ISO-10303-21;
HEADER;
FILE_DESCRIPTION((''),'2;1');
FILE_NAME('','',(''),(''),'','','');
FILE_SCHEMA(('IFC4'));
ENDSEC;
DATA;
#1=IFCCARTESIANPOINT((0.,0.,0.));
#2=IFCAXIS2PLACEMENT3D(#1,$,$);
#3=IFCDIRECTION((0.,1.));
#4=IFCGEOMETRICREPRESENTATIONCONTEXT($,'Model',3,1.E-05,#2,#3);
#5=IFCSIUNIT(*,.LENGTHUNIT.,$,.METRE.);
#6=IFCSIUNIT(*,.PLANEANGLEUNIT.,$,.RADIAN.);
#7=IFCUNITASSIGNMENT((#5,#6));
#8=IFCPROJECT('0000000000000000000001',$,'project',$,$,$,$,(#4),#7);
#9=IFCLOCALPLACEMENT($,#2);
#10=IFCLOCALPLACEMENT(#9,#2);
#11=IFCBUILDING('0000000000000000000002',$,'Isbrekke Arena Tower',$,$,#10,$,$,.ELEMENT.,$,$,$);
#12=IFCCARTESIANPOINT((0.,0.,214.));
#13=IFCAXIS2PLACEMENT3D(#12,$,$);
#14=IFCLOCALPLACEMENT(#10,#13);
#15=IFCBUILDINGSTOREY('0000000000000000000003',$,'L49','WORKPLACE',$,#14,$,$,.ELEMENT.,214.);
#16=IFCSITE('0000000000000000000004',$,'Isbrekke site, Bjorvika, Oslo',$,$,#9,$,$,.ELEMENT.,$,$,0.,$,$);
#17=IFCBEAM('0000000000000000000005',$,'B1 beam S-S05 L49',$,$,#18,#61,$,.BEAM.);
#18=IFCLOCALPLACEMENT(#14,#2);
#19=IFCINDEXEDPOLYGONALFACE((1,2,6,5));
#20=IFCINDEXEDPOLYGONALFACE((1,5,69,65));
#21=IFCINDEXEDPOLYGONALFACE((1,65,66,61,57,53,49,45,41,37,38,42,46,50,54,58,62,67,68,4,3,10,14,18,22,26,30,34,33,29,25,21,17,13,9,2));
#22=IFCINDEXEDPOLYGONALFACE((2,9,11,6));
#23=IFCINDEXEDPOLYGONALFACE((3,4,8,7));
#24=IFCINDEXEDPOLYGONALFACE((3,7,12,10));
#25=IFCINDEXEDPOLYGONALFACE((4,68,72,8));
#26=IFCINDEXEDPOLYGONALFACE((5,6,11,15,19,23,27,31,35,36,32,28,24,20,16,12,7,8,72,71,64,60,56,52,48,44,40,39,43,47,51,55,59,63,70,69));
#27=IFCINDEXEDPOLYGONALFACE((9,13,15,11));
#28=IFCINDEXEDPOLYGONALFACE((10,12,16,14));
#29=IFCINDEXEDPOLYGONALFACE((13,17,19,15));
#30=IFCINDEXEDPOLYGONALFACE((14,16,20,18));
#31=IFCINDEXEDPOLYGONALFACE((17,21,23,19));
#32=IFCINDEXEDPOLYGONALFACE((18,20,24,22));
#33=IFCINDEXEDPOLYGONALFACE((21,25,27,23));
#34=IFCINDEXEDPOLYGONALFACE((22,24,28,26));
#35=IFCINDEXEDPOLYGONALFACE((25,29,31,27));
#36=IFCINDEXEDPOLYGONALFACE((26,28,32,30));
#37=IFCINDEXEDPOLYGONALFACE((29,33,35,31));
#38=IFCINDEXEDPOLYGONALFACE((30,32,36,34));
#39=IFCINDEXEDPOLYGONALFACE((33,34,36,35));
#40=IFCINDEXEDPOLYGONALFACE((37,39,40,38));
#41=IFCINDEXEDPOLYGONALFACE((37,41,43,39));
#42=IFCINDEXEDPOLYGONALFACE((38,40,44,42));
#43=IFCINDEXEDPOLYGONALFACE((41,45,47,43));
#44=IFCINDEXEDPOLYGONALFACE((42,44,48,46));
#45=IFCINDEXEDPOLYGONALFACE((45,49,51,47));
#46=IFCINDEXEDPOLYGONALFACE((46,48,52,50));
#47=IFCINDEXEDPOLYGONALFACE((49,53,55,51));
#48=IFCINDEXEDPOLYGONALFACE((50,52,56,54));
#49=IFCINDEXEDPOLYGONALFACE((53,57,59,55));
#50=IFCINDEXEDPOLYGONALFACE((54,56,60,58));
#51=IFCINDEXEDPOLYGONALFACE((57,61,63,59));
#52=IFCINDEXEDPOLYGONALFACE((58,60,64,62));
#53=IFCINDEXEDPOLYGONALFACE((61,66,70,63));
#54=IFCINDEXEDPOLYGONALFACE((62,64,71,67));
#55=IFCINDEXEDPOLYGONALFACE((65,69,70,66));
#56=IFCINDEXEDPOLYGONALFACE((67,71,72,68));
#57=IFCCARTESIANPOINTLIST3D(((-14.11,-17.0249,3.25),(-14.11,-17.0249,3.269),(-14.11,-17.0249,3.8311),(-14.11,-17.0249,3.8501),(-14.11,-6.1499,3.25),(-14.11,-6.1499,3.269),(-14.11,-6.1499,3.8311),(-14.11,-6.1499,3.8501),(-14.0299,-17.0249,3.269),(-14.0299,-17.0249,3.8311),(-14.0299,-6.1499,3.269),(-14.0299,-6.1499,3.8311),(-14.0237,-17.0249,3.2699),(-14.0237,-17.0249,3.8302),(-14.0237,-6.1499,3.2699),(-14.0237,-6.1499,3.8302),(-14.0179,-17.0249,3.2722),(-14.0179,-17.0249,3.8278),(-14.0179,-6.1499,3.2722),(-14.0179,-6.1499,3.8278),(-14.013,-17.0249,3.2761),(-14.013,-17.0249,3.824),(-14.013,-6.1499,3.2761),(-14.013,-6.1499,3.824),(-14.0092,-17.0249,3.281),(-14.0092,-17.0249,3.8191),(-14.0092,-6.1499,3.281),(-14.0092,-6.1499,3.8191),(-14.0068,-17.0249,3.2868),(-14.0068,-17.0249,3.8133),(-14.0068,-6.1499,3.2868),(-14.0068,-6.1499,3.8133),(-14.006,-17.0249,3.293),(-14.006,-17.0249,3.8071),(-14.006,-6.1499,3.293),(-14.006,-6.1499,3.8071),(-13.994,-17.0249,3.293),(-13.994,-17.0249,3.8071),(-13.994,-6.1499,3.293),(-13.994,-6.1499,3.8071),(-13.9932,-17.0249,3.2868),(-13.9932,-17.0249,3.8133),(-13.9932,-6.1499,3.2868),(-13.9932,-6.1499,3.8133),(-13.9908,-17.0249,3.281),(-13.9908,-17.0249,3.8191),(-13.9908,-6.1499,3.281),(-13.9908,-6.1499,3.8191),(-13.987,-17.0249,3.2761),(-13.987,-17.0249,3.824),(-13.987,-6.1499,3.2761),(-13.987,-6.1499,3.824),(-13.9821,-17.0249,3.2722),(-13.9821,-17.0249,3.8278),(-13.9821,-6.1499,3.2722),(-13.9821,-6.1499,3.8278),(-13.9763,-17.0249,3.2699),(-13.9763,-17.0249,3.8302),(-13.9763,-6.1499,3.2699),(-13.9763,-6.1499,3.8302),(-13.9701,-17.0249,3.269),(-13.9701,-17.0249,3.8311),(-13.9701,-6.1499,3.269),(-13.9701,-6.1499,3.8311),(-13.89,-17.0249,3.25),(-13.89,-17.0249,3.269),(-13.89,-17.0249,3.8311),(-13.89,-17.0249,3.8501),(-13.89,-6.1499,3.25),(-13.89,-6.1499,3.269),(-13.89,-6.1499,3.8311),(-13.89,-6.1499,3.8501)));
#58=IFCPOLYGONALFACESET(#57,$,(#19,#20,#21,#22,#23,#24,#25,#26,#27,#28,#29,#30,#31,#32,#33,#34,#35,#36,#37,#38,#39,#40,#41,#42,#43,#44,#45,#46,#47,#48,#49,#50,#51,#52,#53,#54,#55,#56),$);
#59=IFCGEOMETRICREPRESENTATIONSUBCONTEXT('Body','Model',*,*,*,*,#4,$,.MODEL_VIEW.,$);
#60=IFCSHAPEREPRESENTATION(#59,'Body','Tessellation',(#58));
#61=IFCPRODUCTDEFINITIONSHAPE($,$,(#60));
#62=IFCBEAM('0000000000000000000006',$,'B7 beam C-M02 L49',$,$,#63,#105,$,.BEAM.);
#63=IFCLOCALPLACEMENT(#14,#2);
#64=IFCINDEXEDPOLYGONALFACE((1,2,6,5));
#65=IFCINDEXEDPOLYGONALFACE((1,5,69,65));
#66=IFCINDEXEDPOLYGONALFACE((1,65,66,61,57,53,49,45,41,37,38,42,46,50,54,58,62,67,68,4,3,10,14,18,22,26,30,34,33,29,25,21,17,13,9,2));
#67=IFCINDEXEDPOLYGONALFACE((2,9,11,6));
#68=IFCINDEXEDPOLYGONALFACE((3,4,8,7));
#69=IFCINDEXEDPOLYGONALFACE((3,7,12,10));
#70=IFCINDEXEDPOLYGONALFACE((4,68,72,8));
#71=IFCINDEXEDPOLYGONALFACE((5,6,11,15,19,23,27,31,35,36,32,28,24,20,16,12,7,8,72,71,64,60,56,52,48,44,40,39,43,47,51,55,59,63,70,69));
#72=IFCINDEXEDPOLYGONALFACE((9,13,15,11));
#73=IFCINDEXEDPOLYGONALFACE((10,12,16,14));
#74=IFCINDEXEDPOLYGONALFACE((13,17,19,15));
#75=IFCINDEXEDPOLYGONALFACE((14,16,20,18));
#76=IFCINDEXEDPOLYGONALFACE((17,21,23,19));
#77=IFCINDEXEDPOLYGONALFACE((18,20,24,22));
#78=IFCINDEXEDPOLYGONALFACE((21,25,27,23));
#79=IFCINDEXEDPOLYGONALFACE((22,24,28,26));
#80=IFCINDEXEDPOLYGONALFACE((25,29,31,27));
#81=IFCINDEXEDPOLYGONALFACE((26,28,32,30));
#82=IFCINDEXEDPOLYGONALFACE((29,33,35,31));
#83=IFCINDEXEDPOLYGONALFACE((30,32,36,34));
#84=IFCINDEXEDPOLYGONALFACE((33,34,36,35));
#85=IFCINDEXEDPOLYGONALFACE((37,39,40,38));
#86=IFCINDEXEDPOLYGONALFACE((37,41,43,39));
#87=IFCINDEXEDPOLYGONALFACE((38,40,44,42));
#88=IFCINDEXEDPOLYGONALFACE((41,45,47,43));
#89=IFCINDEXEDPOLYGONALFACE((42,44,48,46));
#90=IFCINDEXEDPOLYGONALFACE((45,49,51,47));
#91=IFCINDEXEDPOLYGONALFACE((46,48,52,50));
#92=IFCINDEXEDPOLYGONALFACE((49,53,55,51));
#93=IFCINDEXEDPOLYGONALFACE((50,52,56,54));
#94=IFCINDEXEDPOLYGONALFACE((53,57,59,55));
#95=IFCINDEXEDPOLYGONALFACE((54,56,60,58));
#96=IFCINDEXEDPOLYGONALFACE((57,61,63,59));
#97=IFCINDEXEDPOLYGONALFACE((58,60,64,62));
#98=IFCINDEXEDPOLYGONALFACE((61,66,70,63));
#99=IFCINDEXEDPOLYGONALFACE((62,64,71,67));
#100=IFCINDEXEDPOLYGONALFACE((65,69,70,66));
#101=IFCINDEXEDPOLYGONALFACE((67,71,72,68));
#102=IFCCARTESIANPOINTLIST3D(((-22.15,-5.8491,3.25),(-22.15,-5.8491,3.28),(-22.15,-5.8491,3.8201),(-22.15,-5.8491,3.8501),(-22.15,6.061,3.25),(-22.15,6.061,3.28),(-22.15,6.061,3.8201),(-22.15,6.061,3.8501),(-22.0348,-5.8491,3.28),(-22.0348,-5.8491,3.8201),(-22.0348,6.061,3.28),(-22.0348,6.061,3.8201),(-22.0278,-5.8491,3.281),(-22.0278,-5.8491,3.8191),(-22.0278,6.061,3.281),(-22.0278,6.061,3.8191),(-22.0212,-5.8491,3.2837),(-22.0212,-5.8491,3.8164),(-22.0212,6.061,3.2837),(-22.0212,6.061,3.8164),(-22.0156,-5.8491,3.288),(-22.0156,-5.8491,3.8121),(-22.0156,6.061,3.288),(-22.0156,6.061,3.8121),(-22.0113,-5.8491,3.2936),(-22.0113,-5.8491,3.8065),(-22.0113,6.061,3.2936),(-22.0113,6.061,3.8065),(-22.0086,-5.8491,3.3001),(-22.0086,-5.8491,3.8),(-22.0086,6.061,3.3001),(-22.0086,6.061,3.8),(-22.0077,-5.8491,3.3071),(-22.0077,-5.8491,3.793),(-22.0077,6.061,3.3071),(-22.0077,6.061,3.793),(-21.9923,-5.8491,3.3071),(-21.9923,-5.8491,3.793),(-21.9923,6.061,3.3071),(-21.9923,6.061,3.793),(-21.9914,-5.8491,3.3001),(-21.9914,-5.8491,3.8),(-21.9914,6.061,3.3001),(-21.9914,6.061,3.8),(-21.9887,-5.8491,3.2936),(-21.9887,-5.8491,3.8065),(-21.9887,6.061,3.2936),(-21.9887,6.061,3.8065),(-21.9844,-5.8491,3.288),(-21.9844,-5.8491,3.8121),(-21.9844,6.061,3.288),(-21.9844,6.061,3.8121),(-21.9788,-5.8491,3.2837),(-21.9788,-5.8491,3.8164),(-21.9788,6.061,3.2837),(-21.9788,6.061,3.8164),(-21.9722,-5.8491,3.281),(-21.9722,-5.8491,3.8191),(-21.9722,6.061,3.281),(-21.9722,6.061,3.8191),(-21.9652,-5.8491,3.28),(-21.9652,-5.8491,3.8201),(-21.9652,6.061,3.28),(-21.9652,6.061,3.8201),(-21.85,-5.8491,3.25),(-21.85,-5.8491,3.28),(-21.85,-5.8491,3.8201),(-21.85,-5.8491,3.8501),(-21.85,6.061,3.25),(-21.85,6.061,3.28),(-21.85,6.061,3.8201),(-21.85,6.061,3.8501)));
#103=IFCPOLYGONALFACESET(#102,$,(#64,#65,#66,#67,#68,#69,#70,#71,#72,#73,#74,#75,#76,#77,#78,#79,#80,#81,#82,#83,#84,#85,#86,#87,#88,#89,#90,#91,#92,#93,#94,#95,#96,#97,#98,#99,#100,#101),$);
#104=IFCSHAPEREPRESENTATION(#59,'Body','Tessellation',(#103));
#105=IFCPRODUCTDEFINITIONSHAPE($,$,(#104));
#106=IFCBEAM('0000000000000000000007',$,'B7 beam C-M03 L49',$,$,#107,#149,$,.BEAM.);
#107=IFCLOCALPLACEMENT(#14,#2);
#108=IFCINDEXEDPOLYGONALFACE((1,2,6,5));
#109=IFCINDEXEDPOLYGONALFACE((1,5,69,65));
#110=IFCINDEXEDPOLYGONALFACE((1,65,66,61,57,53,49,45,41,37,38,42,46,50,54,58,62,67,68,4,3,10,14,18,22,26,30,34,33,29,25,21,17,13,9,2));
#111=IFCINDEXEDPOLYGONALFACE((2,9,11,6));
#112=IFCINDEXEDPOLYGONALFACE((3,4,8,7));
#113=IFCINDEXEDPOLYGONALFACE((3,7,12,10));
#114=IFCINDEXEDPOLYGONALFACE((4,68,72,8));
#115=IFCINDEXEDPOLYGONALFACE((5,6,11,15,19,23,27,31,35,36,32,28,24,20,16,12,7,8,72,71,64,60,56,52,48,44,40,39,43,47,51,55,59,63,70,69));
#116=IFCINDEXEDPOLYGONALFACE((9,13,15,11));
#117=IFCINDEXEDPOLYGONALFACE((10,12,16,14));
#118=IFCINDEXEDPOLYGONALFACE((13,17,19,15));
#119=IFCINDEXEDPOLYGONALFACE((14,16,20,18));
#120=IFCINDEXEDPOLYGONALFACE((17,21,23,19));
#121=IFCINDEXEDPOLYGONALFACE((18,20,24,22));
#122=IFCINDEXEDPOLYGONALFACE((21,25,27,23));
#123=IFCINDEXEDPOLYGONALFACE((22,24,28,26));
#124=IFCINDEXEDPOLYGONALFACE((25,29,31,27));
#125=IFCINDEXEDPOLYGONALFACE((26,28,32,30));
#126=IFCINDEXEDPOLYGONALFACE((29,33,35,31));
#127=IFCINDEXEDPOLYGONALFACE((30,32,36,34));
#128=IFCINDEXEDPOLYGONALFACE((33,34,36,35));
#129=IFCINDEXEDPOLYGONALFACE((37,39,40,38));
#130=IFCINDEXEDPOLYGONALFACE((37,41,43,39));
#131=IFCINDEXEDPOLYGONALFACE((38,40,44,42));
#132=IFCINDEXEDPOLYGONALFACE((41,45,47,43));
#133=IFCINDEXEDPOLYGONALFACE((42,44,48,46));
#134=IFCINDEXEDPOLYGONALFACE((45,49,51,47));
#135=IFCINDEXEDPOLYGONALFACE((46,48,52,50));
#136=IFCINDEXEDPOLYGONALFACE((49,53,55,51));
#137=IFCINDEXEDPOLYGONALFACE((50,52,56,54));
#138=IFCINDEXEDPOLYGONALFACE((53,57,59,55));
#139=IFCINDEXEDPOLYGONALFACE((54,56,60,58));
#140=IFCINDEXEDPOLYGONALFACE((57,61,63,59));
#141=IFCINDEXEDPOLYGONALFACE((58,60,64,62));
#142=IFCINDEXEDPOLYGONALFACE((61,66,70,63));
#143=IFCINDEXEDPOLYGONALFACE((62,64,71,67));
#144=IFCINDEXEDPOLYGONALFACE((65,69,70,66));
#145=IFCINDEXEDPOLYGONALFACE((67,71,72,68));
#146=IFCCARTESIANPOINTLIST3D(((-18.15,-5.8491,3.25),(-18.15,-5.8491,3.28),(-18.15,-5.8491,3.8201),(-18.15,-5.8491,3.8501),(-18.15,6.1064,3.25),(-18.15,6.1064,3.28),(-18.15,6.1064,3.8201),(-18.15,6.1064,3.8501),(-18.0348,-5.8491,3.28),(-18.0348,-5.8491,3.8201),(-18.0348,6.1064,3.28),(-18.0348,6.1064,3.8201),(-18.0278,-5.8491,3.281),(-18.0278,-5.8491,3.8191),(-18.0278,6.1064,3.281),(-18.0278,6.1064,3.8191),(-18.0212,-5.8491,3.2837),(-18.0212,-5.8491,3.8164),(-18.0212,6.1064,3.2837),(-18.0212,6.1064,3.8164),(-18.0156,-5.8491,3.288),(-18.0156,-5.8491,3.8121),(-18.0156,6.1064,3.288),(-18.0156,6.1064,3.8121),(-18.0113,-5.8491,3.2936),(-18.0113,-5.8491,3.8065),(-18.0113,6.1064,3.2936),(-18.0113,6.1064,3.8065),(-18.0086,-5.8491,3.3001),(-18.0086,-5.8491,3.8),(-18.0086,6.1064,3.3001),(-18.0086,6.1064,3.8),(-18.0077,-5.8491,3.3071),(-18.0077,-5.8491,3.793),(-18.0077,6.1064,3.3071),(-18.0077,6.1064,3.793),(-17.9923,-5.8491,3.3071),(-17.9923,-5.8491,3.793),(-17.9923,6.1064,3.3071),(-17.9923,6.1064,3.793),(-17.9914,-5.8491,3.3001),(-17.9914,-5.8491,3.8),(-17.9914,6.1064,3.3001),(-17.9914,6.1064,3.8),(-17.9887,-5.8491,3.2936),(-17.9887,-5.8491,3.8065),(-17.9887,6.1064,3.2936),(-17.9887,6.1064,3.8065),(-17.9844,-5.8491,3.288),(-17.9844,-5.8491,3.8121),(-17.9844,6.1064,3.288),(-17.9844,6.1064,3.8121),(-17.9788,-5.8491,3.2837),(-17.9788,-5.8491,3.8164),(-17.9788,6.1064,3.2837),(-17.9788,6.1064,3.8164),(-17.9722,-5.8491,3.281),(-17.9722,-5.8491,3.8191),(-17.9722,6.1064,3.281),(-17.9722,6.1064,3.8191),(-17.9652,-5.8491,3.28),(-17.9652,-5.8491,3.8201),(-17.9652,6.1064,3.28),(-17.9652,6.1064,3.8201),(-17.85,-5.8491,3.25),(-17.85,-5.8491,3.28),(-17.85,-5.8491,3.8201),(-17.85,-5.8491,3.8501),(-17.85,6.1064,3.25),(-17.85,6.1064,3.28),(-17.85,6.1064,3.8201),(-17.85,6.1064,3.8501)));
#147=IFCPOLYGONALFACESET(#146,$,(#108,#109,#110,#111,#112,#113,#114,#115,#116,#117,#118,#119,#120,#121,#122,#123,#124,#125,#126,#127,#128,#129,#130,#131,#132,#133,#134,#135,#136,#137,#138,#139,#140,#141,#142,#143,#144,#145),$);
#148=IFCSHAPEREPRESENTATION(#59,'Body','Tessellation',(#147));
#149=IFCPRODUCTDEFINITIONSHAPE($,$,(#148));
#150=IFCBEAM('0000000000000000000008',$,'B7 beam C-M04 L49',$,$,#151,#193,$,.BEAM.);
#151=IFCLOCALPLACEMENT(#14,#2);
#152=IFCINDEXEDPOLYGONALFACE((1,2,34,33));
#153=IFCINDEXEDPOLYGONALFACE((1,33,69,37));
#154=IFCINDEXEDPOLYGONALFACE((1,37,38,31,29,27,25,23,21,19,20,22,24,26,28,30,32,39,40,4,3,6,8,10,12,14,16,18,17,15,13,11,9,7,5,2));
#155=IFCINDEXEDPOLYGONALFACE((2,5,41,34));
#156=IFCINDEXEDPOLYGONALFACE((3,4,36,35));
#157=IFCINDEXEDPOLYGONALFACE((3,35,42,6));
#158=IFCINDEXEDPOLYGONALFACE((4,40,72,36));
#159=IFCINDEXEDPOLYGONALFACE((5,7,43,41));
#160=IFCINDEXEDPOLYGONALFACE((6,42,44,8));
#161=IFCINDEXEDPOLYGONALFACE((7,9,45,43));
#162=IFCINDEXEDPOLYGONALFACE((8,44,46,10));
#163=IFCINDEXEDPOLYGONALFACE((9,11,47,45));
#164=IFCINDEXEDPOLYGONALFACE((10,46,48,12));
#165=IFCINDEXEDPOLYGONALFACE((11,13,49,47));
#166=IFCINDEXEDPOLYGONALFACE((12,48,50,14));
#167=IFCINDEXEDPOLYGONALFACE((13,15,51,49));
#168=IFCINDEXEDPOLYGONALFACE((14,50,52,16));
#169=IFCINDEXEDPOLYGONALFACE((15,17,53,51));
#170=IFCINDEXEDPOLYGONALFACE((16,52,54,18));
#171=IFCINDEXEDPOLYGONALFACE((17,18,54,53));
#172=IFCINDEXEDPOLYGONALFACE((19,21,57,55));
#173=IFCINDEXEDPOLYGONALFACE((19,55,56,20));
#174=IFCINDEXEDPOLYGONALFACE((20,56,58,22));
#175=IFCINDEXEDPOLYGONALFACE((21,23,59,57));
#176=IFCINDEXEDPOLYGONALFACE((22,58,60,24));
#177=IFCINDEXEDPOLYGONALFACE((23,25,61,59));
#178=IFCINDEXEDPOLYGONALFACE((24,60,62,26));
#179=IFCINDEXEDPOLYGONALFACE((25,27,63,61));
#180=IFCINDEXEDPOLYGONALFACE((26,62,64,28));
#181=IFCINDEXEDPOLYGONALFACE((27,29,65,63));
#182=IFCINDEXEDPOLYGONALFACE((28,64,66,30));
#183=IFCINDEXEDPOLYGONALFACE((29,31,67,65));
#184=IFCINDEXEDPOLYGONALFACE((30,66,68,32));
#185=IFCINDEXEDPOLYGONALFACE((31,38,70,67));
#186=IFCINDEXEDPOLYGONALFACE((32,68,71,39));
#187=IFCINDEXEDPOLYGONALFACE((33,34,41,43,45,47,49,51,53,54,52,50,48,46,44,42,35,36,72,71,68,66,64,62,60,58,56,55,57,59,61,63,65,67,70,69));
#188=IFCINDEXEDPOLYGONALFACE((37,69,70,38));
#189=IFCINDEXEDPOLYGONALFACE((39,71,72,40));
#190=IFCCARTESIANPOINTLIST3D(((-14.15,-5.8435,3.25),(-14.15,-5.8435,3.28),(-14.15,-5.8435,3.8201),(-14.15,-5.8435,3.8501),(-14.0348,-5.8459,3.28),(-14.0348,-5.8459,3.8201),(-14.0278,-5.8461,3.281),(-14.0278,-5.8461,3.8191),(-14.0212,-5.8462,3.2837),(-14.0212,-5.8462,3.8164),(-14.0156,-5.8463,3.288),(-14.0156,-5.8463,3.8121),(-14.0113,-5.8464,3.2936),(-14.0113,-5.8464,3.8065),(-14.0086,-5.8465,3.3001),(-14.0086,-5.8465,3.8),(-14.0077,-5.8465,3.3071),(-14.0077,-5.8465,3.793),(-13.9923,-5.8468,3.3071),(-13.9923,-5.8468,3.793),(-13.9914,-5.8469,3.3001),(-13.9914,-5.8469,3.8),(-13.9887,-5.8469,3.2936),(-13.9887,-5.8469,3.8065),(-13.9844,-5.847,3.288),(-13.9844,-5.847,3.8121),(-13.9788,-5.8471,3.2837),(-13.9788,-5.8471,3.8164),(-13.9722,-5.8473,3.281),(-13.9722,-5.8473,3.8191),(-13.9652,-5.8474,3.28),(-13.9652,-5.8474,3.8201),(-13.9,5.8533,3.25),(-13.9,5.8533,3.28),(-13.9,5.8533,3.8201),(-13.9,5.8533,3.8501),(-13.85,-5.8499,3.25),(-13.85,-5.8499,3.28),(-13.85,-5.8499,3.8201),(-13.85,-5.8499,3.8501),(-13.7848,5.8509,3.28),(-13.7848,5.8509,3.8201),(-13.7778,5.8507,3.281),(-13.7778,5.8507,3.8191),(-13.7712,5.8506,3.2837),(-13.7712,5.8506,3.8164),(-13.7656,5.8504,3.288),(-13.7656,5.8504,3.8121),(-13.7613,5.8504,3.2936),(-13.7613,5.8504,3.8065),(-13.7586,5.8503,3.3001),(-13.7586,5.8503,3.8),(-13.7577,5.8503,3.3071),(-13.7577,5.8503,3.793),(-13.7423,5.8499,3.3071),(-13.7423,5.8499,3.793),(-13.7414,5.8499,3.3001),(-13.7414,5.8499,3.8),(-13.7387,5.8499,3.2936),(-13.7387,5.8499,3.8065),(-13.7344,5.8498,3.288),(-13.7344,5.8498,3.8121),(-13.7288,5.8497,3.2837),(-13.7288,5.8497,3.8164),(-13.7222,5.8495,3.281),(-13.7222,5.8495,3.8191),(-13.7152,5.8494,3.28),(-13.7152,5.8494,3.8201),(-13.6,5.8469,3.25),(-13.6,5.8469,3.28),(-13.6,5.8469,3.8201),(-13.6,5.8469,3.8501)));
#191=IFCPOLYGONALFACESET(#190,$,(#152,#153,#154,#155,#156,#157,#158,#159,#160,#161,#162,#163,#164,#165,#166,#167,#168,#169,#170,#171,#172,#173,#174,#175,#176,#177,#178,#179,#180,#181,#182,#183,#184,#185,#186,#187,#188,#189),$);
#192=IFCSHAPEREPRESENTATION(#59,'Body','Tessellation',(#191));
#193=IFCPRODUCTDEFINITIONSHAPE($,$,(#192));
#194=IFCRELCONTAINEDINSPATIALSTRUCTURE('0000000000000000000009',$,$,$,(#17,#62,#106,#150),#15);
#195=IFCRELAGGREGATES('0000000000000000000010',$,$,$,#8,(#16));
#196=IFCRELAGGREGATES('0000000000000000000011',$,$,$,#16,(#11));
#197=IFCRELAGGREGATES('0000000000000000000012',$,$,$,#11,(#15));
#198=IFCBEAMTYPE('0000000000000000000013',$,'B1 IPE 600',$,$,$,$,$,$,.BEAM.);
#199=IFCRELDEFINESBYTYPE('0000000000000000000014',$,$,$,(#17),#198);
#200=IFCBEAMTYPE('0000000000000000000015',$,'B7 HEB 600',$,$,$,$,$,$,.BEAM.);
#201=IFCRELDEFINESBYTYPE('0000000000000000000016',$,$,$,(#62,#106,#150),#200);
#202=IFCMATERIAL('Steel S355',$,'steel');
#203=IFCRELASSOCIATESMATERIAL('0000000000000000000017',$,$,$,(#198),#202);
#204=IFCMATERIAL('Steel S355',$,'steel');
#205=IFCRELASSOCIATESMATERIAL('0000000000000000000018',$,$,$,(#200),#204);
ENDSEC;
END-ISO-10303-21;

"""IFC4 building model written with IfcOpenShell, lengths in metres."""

from ifc_helpers import new_model, si_unit, direction, frame, origin, origin_2d, place, context, subcontext, project, spatial, i_section, extrude, material, material_profile, profile_set, type_object, element, save


model = new_model("IFC4")

# Units and contexts
model_context = context("Model", 3, precision=1e-05, world=origin(), true_north=direction((0.0, 1.0)))
body_context = subcontext(model_context, "Body", "Model", "MODEL_VIEW")
ifc_project = project(units=[si_unit("LENGTHUNIT", "METRE"), si_unit("PLANEANGLEUNIT", "RADIAN")], contexts=[model_context])

# Site, building, storey
site_placement = place(None, origin())
site = spatial("IfcSite", under=ifc_project, at=site_placement, Name="Isbrekke site, Bjorvika, Oslo", CompositionType="ELEMENT", RefElevation=0.0)
building_placement = place(site_placement, origin())
building = spatial("IfcBuilding", under=site, at=building_placement, Name="Isbrekke Arena Tower", CompositionType="ELEMENT")
storey_placement = place(building_placement, frame((0.0, 0.0, 214.0)))
storey = spatial("IfcBuildingStorey", under=building, at=storey_placement, Name="L49", Description="WORKPLACE", CompositionType="ELEMENT", Elevation=214.0)

# Beams
ifc_material_1 = material(Name="Steel S355", Category="steel")
ifc_material_profile_1 = material_profile(ifc_material_1, i_section(OverallWidth=0.22, OverallDepth=0.6001, WebThickness=0.012, FlangeThickness=0.019, FilletRadius=0.0239, at=origin_2d()), Name="IPE 600")
ifc_profile_set_1 = profile_set([ifc_material_profile_1], Name="Steel S355")
beam_type_1 = type_object("IfcBeamType", Name="B1 IPE 600", PredefinedType="BEAM", material=ifc_profile_set_1)
beam_1_placement = place(storey_placement, frame((-14.0, -17.0249, 3.55), z_axis=(0.0, 1.0, 0.0), x_axis=(-1.0, 0.0, 0.0)))
element("IfcBeam", 1, at=beam_1_placement, inside=storey, type_object=beam_type_1, Name="B1 beam S-S05 L49", PredefinedType="BEAM", context=body_context, shape_type="SweptSolid", body=[
    extrude(i_section(OverallWidth=0.22, OverallDepth=0.6001, WebThickness=0.012, FlangeThickness=0.019, FilletRadius=0.0239, at=origin_2d()), origin(), (0.0, 0.0, 1.0), 10.875),
])
ifc_material_2 = material(Name="Steel S355", Category="steel")
ifc_material_profile_2 = material_profile(ifc_material_2, i_section(OverallWidth=0.3, OverallDepth=0.6001, WebThickness=0.0154, FlangeThickness=0.03, FilletRadius=0.0271, at=origin_2d()), Name="HEB 600")
ifc_profile_set_2 = profile_set([ifc_material_profile_2], Name="Steel S355")
beam_type_2 = type_object("IfcBeamType", Name="B7 HEB 600", PredefinedType="BEAM", material=ifc_profile_set_2)
beam_2_placement = place(storey_placement, frame((-22.0, -5.8491, 3.55), z_axis=(0.0, 1.0, 0.0), x_axis=(-1.0, 0.0, 0.0)))
element("IfcBeam", 2, at=beam_2_placement, inside=storey, type_object=beam_type_2, Name="B7 beam C-M02 L49", PredefinedType="BEAM", context=body_context, shape_type="SweptSolid", body=[
    extrude(i_section(OverallWidth=0.3, OverallDepth=0.6001, WebThickness=0.0154, FlangeThickness=0.03, FilletRadius=0.0271, at=origin_2d()), origin(), (0.0, 0.0, 1.0), 11.9102),
])
beam_3_placement = place(storey_placement, frame((-18.0, -5.8491, 3.55), z_axis=(0.0, 1.0, 0.0), x_axis=(-1.0, 0.0, 0.0)))
element("IfcBeam", 3, at=beam_3_placement, inside=storey, type_object=beam_type_2, Name="B7 beam C-M03 L49", PredefinedType="BEAM", context=body_context, shape_type="SweptSolid", body=[
    extrude(i_section(OverallWidth=0.3, OverallDepth=0.6001, WebThickness=0.0154, FlangeThickness=0.03, FilletRadius=0.0271, at=origin_2d()), origin(), (0.0, 0.0, 1.0), 11.9556),
])
beam_4_placement = place(storey_placement, frame((-14.0, -5.8467, 3.55), z_axis=(0.021369, 0.999772, 0.0), x_axis=(-0.999772, 0.021369, 0.0)))
element("IfcBeam", 4, at=beam_4_placement, inside=storey, type_object=beam_type_2, Name="B7 beam C-M04 L49", PredefinedType="BEAM", context=body_context, shape_type="SweptSolid", body=[
    extrude(i_section(OverallWidth=0.3, OverallDepth=0.6001, WebThickness=0.0154, FlangeThickness=0.03, FilletRadius=0.0271, at=origin_2d()), origin(), (0.0, 0.0, 1.0), 11.6995),
])

save(model, "model.ifc")
